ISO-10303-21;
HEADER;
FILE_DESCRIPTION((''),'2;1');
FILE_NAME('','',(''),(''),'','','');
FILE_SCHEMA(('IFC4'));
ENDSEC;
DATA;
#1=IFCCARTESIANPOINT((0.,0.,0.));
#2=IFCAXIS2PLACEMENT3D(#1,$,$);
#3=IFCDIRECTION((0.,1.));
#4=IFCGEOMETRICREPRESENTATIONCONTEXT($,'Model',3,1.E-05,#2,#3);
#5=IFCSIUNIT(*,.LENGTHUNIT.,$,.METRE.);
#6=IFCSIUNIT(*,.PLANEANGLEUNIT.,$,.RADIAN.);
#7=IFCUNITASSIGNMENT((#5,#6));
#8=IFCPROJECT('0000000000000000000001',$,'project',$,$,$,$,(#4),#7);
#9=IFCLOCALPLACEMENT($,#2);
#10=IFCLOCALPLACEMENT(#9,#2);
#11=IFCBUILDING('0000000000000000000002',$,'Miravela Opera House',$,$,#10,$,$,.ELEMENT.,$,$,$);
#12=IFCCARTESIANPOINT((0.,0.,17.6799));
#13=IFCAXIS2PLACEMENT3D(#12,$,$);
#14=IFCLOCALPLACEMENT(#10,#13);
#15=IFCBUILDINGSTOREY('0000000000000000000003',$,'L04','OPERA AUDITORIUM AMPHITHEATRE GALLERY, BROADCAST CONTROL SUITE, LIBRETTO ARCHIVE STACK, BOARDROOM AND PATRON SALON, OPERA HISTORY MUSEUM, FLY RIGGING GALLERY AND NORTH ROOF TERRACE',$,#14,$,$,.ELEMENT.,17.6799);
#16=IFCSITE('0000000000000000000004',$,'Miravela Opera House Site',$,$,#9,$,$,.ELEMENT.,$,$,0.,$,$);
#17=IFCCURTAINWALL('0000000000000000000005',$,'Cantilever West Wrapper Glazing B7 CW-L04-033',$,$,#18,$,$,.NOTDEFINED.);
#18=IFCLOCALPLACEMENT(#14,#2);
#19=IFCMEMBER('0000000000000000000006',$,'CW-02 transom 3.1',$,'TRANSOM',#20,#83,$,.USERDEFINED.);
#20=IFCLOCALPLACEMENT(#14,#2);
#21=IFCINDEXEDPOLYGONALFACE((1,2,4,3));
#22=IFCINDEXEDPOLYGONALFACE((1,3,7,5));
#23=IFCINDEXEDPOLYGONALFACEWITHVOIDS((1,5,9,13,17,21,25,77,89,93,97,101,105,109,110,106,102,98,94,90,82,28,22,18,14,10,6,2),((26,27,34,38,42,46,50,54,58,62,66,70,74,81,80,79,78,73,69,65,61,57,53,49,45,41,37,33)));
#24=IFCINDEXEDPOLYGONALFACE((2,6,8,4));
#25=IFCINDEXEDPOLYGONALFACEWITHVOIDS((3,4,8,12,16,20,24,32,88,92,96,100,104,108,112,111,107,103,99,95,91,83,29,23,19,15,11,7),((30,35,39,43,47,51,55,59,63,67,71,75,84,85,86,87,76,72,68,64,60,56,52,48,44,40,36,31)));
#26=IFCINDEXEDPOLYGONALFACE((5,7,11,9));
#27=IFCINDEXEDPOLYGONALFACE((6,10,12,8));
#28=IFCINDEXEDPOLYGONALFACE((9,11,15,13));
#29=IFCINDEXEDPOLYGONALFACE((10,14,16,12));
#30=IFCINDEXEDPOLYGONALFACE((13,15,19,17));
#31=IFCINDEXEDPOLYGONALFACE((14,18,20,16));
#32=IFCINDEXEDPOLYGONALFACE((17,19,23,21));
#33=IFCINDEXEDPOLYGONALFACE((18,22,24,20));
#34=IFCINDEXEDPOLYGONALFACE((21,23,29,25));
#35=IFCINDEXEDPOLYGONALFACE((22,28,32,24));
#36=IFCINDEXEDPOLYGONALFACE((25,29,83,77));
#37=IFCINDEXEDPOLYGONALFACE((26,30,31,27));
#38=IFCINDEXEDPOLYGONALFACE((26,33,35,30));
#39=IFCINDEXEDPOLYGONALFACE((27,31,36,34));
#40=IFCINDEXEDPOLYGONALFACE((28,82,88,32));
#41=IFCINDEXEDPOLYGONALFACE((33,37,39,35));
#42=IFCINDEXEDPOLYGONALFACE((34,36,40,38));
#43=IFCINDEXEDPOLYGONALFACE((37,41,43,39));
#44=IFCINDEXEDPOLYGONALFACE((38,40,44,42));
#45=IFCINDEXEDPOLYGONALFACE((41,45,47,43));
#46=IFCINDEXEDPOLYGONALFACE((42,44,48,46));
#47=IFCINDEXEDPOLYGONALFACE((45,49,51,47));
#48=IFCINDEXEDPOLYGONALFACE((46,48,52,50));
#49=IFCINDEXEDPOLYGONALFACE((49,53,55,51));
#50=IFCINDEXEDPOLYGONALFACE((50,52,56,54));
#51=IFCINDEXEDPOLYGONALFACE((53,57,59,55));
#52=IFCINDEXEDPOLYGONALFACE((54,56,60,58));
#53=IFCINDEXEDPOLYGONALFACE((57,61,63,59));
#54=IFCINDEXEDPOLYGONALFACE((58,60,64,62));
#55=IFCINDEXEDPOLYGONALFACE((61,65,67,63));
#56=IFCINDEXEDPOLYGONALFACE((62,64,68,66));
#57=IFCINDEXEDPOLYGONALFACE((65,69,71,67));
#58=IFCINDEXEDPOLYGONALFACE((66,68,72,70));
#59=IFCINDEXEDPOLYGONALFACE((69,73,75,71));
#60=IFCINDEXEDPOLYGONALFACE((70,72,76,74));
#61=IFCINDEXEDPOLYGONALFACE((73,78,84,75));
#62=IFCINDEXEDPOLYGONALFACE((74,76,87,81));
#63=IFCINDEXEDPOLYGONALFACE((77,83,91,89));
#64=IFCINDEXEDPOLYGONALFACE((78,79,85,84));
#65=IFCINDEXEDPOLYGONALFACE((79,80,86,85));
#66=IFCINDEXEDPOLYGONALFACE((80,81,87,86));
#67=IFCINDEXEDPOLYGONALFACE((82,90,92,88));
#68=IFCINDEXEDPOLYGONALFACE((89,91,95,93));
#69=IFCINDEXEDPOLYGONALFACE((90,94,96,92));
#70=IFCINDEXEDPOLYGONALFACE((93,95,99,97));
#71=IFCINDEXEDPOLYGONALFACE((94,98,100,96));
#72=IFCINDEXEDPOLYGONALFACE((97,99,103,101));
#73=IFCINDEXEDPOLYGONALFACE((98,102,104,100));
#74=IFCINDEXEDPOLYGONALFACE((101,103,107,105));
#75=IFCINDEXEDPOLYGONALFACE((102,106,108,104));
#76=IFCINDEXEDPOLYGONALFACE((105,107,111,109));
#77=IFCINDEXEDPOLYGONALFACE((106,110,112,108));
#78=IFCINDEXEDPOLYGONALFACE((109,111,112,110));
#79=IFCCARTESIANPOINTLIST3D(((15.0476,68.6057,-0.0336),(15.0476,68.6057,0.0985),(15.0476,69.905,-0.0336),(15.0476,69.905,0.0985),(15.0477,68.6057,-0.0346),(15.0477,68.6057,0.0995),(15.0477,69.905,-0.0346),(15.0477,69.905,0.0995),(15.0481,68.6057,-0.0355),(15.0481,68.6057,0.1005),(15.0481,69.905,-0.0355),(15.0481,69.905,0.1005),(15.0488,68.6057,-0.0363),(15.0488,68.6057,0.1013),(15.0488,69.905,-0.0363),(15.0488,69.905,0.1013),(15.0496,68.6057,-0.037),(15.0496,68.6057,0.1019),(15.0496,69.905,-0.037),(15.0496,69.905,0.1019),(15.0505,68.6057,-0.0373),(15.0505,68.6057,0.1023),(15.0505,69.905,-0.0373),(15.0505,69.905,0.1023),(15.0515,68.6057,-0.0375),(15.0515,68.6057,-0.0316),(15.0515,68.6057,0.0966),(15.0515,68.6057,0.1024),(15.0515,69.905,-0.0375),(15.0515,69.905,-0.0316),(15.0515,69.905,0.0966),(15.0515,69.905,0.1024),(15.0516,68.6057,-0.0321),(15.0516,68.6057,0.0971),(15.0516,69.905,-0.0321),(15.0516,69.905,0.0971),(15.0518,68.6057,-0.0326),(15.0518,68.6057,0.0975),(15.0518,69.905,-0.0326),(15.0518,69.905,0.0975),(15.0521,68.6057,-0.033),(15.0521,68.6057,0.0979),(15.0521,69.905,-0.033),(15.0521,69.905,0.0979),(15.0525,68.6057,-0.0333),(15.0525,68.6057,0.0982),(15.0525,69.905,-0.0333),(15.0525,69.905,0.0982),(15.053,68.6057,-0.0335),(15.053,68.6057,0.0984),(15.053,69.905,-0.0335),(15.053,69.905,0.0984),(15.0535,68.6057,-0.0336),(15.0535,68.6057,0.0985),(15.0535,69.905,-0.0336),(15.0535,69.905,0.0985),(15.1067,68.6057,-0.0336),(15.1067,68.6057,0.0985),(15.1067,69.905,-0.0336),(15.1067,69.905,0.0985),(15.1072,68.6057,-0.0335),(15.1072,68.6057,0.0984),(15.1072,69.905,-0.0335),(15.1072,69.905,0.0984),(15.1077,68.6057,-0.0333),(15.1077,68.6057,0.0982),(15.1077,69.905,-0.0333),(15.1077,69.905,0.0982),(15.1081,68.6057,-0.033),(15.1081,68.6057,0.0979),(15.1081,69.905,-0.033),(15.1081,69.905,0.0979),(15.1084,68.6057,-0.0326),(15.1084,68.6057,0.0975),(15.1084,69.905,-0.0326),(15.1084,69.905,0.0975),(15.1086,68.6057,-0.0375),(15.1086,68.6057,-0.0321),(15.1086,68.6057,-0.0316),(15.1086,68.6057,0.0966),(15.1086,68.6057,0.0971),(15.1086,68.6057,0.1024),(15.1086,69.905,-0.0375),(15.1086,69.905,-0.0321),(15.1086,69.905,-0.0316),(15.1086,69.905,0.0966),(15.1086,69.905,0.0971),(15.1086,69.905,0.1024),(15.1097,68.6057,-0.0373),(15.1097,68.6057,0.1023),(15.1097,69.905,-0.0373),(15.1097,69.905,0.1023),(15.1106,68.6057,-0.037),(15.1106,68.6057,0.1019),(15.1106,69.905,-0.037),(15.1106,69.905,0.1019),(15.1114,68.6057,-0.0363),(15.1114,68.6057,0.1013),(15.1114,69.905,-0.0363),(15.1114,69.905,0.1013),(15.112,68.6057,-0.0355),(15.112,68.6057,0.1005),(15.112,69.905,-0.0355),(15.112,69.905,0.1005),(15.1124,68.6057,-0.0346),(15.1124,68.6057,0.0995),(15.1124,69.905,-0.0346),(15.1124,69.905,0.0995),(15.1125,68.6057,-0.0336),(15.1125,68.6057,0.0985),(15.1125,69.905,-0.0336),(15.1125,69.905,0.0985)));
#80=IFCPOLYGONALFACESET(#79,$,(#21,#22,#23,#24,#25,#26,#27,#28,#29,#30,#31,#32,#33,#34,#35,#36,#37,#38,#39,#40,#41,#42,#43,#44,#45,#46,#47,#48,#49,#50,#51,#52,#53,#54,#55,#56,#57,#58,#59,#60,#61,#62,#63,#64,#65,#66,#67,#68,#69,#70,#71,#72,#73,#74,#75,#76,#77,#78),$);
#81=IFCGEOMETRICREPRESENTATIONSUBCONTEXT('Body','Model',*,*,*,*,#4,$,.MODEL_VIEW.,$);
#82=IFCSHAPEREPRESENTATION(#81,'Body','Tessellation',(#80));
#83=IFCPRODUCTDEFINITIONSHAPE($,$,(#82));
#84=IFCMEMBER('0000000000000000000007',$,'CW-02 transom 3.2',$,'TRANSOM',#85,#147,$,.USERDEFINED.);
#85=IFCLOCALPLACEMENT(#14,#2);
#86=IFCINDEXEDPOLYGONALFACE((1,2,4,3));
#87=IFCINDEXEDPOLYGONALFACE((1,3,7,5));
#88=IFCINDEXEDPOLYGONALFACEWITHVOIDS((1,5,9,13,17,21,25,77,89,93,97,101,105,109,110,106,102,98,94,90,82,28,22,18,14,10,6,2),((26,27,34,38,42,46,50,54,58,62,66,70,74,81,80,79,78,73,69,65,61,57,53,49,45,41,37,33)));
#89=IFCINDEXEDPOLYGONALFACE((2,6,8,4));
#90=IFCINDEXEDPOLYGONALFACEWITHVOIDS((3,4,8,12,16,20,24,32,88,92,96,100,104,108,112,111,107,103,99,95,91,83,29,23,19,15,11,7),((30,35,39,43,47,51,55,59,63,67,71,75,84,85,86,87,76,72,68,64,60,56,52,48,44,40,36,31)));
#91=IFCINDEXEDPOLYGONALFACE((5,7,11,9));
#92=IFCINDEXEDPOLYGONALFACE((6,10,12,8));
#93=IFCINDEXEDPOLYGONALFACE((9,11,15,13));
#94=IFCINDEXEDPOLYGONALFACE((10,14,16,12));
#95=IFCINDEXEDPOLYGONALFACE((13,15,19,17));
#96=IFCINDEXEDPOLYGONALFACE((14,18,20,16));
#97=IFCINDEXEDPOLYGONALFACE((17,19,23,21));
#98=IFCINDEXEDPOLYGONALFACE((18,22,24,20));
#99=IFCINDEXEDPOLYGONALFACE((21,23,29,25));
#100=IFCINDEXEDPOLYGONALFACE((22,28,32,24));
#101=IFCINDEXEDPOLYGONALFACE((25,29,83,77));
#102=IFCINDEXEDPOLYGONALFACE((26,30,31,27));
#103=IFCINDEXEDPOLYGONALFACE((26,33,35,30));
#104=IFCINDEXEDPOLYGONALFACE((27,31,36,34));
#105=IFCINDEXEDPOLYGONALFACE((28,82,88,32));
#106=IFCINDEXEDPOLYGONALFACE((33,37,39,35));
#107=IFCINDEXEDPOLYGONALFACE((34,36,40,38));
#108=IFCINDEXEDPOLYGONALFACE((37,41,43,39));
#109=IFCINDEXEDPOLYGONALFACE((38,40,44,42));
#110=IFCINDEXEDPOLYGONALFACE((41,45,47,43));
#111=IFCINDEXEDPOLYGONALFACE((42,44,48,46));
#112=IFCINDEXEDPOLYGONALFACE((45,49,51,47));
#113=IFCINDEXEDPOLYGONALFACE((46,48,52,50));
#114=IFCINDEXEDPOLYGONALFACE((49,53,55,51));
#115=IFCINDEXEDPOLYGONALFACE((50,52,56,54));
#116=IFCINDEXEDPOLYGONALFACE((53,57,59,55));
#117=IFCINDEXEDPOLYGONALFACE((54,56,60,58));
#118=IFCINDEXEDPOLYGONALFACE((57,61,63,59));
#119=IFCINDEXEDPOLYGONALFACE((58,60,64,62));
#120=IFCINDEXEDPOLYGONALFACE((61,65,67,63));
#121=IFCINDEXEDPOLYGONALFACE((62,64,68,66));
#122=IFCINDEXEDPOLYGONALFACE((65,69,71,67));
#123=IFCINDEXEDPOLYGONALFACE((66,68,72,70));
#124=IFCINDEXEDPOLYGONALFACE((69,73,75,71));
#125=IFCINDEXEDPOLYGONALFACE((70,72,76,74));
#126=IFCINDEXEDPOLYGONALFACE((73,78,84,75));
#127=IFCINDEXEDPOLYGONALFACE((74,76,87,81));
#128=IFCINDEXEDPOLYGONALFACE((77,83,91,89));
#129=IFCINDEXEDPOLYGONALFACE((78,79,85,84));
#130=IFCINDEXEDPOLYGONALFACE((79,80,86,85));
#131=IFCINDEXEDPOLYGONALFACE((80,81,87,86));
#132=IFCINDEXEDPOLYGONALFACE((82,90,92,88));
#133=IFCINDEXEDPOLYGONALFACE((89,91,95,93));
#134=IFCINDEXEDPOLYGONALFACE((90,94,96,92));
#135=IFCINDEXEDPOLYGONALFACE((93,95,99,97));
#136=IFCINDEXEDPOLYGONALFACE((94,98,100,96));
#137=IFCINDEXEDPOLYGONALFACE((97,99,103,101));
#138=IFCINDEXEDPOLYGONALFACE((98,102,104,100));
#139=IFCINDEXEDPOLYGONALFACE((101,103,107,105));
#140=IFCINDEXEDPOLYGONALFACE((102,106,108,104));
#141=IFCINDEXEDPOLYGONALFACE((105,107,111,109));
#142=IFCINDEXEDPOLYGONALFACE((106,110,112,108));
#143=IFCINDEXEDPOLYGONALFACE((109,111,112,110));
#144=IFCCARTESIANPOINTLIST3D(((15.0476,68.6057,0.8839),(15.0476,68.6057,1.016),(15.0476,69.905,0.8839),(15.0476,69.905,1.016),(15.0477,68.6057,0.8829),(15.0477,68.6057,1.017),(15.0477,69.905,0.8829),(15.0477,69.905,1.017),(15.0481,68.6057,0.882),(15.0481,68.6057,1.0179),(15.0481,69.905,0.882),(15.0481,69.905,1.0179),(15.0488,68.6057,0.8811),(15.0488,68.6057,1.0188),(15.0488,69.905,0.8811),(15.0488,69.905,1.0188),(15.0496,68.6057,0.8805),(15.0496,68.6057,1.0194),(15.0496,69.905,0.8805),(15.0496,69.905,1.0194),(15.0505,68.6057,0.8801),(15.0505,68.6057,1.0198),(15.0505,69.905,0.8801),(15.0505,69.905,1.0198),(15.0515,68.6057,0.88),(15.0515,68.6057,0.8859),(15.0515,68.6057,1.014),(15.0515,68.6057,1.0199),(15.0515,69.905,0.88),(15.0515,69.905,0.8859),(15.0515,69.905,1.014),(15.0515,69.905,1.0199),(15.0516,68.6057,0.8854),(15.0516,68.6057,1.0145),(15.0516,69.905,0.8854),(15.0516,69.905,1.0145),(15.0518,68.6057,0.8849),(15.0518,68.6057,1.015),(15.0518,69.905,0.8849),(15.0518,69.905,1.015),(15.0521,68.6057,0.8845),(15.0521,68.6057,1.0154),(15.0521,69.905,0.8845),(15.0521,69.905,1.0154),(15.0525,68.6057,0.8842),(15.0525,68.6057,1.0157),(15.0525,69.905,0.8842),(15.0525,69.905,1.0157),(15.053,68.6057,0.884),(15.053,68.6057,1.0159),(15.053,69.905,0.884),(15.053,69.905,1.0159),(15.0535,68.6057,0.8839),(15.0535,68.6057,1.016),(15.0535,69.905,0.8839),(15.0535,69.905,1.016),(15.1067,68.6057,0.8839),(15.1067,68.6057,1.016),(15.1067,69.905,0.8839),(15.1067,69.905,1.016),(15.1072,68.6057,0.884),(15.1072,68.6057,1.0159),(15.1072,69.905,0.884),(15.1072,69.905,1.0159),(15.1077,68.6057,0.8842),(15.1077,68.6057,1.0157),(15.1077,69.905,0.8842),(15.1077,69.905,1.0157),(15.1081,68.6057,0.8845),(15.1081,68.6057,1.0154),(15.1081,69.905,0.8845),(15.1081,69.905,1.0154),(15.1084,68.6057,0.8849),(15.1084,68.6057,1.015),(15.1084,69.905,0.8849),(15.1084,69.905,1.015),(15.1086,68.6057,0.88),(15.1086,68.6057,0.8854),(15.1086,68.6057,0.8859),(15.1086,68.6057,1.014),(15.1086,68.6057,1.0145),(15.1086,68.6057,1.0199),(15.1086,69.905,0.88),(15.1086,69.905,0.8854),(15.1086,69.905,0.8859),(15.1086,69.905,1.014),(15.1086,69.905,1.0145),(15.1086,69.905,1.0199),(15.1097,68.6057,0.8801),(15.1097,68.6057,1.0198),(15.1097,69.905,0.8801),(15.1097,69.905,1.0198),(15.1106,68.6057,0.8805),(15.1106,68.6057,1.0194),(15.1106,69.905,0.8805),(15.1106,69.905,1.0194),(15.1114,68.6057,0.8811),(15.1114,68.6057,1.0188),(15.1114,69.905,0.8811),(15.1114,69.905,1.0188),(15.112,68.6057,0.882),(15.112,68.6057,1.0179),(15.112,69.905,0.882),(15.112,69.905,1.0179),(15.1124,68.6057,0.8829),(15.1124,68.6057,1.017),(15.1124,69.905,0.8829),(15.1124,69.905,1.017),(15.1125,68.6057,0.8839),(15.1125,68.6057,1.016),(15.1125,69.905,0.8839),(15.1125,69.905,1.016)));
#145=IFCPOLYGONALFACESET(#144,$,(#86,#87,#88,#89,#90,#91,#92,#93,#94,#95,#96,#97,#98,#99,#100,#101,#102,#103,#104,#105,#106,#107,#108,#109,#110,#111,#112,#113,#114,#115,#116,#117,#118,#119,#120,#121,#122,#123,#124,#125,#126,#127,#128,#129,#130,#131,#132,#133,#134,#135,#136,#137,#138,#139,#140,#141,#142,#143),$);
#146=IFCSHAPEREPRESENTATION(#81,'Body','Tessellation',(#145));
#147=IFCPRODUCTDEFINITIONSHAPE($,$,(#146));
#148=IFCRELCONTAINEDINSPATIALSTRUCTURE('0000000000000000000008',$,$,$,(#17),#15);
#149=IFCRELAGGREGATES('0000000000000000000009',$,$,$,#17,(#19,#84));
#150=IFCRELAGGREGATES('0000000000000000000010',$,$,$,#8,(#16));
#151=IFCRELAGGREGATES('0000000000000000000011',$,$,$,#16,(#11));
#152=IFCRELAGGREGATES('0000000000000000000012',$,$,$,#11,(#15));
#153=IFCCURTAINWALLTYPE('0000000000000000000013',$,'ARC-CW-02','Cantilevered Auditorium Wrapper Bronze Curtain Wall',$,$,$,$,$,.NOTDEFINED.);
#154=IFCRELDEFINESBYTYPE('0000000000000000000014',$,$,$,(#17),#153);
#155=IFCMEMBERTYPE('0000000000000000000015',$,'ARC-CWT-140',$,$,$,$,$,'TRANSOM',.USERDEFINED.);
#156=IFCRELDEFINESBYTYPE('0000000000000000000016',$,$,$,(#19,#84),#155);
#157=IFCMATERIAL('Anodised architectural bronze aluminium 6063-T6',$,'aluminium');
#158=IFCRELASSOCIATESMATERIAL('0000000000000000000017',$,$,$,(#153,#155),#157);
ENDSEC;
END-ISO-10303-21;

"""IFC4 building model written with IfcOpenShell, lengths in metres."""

from ifc_helpers import new_model, si_unit, direction, frame, origin, origin_2d, place, context, subcontext, project, spatial, hollow_rectangle, extrude, material, material_profile, profile_set, type_object, element, aggregate, save


model = new_model("IFC4")

# Units and contexts
model_context = context("Model", 3, precision=1e-05, world=origin(), true_north=direction((0.0, 1.0)))
body_context = subcontext(model_context, "Body", "Model", "MODEL_VIEW")
ifc_project = project(units=[si_unit("LENGTHUNIT", "METRE"), si_unit("PLANEANGLEUNIT", "RADIAN")], contexts=[model_context])

# Site, building, storey
site_placement = place(None, origin())
site = spatial("IfcSite", under=ifc_project, at=site_placement, Name="Miravela Opera House Site", CompositionType="ELEMENT", RefElevation=0.0)
building_placement = place(site_placement, origin())
building = spatial("IfcBuilding", under=site, at=building_placement, Name="Miravela Opera House", CompositionType="ELEMENT")
storey_placement = place(building_placement, frame((0.0, 0.0, 17.6799)))
storey = spatial("IfcBuildingStorey", under=building, at=storey_placement, Name="L04", Description="OPERA AUDITORIUM AMPHITHEATRE GALLERY, BROADCAST CONTROL SUITE, LIBRETTO ARCHIVE STACK, BOARDROOM AND PATRON SALON, OPERA HISTORY MUSEUM, FLY RIGGING GALLERY AND NORTH ROOF TERRACE", CompositionType="ELEMENT", Elevation=17.6799)

# Curtain wall
ifc_material_1 = material(Name="Anodised architectural bronze aluminium 6063-T6", Category="aluminium")
curtain_wall_type = type_object("IfcCurtainWallType", Name="ARC-CW-02", Description="Cantilevered Auditorium Wrapper Bronze Curtain Wall", PredefinedType="NOTDEFINED", material=ifc_material_1)
curtain_wall_1_placement = place(storey_placement, origin())
curtain_wall_1 = element("IfcCurtainWall", 1, at=curtain_wall_1_placement, inside=storey, type_object=curtain_wall_type, Name="Cantilever West Wrapper Glazing B7 CW-L04-033", PredefinedType="NOTDEFINED")

# Members
ifc_material_profile_1 = material_profile(ifc_material_1, hollow_rectangle(XDim=0.0649, YDim=0.1399, WallThickness=0.0039, InnerFilletRadius=0.002, OuterFilletRadius=0.0039, at=origin_2d()), Name="CWT-65X140")
ifc_profile_set_1 = profile_set([ifc_material_profile_1])
member_type_1 = type_object("IfcMemberType", Name="ARC-CWT-140", ElementType="TRANSOM", PredefinedType="USERDEFINED", material=ifc_profile_set_1)
member_1_placement = place(storey_placement, frame((15.0801, 68.6057, 0.0325), z_axis=(0.0, 1.0, 0.0), x_axis=(-1.0, 0.0, 0.0)))
member_1 = element("IfcMember", 2, at=member_1_placement, type_object=member_type_1, Name="CW-02 transom 3.1", ObjectType="TRANSOM", PredefinedType="USERDEFINED", context=body_context, shape_type="SweptSolid", body=[
    extrude(hollow_rectangle(XDim=0.0649, YDim=0.1399, WallThickness=0.0039, InnerFilletRadius=0.002, OuterFilletRadius=0.0039, at=origin_2d()), origin(), (0.0, 0.0, 1.0), 1.2993),
])
member_2_placement = place(storey_placement, frame((15.0801, 68.6057, 0.95), z_axis=(0.0, 1.0, 0.0), x_axis=(-1.0, 0.0, 0.0)))
member_2 = element("IfcMember", 3, at=member_2_placement, type_object=member_type_1, Name="CW-02 transom 3.2", ObjectType="TRANSOM", PredefinedType="USERDEFINED", context=body_context, shape_type="SweptSolid", body=[
    extrude(hollow_rectangle(XDim=0.0649, YDim=0.1399, WallThickness=0.0039, InnerFilletRadius=0.002, OuterFilletRadius=0.0039, at=origin_2d()), origin(), (0.0, 0.0, 1.0), 1.2993),
])

aggregate(curtain_wall_1, [member_1, member_2])

save(model, "model.ifc")
